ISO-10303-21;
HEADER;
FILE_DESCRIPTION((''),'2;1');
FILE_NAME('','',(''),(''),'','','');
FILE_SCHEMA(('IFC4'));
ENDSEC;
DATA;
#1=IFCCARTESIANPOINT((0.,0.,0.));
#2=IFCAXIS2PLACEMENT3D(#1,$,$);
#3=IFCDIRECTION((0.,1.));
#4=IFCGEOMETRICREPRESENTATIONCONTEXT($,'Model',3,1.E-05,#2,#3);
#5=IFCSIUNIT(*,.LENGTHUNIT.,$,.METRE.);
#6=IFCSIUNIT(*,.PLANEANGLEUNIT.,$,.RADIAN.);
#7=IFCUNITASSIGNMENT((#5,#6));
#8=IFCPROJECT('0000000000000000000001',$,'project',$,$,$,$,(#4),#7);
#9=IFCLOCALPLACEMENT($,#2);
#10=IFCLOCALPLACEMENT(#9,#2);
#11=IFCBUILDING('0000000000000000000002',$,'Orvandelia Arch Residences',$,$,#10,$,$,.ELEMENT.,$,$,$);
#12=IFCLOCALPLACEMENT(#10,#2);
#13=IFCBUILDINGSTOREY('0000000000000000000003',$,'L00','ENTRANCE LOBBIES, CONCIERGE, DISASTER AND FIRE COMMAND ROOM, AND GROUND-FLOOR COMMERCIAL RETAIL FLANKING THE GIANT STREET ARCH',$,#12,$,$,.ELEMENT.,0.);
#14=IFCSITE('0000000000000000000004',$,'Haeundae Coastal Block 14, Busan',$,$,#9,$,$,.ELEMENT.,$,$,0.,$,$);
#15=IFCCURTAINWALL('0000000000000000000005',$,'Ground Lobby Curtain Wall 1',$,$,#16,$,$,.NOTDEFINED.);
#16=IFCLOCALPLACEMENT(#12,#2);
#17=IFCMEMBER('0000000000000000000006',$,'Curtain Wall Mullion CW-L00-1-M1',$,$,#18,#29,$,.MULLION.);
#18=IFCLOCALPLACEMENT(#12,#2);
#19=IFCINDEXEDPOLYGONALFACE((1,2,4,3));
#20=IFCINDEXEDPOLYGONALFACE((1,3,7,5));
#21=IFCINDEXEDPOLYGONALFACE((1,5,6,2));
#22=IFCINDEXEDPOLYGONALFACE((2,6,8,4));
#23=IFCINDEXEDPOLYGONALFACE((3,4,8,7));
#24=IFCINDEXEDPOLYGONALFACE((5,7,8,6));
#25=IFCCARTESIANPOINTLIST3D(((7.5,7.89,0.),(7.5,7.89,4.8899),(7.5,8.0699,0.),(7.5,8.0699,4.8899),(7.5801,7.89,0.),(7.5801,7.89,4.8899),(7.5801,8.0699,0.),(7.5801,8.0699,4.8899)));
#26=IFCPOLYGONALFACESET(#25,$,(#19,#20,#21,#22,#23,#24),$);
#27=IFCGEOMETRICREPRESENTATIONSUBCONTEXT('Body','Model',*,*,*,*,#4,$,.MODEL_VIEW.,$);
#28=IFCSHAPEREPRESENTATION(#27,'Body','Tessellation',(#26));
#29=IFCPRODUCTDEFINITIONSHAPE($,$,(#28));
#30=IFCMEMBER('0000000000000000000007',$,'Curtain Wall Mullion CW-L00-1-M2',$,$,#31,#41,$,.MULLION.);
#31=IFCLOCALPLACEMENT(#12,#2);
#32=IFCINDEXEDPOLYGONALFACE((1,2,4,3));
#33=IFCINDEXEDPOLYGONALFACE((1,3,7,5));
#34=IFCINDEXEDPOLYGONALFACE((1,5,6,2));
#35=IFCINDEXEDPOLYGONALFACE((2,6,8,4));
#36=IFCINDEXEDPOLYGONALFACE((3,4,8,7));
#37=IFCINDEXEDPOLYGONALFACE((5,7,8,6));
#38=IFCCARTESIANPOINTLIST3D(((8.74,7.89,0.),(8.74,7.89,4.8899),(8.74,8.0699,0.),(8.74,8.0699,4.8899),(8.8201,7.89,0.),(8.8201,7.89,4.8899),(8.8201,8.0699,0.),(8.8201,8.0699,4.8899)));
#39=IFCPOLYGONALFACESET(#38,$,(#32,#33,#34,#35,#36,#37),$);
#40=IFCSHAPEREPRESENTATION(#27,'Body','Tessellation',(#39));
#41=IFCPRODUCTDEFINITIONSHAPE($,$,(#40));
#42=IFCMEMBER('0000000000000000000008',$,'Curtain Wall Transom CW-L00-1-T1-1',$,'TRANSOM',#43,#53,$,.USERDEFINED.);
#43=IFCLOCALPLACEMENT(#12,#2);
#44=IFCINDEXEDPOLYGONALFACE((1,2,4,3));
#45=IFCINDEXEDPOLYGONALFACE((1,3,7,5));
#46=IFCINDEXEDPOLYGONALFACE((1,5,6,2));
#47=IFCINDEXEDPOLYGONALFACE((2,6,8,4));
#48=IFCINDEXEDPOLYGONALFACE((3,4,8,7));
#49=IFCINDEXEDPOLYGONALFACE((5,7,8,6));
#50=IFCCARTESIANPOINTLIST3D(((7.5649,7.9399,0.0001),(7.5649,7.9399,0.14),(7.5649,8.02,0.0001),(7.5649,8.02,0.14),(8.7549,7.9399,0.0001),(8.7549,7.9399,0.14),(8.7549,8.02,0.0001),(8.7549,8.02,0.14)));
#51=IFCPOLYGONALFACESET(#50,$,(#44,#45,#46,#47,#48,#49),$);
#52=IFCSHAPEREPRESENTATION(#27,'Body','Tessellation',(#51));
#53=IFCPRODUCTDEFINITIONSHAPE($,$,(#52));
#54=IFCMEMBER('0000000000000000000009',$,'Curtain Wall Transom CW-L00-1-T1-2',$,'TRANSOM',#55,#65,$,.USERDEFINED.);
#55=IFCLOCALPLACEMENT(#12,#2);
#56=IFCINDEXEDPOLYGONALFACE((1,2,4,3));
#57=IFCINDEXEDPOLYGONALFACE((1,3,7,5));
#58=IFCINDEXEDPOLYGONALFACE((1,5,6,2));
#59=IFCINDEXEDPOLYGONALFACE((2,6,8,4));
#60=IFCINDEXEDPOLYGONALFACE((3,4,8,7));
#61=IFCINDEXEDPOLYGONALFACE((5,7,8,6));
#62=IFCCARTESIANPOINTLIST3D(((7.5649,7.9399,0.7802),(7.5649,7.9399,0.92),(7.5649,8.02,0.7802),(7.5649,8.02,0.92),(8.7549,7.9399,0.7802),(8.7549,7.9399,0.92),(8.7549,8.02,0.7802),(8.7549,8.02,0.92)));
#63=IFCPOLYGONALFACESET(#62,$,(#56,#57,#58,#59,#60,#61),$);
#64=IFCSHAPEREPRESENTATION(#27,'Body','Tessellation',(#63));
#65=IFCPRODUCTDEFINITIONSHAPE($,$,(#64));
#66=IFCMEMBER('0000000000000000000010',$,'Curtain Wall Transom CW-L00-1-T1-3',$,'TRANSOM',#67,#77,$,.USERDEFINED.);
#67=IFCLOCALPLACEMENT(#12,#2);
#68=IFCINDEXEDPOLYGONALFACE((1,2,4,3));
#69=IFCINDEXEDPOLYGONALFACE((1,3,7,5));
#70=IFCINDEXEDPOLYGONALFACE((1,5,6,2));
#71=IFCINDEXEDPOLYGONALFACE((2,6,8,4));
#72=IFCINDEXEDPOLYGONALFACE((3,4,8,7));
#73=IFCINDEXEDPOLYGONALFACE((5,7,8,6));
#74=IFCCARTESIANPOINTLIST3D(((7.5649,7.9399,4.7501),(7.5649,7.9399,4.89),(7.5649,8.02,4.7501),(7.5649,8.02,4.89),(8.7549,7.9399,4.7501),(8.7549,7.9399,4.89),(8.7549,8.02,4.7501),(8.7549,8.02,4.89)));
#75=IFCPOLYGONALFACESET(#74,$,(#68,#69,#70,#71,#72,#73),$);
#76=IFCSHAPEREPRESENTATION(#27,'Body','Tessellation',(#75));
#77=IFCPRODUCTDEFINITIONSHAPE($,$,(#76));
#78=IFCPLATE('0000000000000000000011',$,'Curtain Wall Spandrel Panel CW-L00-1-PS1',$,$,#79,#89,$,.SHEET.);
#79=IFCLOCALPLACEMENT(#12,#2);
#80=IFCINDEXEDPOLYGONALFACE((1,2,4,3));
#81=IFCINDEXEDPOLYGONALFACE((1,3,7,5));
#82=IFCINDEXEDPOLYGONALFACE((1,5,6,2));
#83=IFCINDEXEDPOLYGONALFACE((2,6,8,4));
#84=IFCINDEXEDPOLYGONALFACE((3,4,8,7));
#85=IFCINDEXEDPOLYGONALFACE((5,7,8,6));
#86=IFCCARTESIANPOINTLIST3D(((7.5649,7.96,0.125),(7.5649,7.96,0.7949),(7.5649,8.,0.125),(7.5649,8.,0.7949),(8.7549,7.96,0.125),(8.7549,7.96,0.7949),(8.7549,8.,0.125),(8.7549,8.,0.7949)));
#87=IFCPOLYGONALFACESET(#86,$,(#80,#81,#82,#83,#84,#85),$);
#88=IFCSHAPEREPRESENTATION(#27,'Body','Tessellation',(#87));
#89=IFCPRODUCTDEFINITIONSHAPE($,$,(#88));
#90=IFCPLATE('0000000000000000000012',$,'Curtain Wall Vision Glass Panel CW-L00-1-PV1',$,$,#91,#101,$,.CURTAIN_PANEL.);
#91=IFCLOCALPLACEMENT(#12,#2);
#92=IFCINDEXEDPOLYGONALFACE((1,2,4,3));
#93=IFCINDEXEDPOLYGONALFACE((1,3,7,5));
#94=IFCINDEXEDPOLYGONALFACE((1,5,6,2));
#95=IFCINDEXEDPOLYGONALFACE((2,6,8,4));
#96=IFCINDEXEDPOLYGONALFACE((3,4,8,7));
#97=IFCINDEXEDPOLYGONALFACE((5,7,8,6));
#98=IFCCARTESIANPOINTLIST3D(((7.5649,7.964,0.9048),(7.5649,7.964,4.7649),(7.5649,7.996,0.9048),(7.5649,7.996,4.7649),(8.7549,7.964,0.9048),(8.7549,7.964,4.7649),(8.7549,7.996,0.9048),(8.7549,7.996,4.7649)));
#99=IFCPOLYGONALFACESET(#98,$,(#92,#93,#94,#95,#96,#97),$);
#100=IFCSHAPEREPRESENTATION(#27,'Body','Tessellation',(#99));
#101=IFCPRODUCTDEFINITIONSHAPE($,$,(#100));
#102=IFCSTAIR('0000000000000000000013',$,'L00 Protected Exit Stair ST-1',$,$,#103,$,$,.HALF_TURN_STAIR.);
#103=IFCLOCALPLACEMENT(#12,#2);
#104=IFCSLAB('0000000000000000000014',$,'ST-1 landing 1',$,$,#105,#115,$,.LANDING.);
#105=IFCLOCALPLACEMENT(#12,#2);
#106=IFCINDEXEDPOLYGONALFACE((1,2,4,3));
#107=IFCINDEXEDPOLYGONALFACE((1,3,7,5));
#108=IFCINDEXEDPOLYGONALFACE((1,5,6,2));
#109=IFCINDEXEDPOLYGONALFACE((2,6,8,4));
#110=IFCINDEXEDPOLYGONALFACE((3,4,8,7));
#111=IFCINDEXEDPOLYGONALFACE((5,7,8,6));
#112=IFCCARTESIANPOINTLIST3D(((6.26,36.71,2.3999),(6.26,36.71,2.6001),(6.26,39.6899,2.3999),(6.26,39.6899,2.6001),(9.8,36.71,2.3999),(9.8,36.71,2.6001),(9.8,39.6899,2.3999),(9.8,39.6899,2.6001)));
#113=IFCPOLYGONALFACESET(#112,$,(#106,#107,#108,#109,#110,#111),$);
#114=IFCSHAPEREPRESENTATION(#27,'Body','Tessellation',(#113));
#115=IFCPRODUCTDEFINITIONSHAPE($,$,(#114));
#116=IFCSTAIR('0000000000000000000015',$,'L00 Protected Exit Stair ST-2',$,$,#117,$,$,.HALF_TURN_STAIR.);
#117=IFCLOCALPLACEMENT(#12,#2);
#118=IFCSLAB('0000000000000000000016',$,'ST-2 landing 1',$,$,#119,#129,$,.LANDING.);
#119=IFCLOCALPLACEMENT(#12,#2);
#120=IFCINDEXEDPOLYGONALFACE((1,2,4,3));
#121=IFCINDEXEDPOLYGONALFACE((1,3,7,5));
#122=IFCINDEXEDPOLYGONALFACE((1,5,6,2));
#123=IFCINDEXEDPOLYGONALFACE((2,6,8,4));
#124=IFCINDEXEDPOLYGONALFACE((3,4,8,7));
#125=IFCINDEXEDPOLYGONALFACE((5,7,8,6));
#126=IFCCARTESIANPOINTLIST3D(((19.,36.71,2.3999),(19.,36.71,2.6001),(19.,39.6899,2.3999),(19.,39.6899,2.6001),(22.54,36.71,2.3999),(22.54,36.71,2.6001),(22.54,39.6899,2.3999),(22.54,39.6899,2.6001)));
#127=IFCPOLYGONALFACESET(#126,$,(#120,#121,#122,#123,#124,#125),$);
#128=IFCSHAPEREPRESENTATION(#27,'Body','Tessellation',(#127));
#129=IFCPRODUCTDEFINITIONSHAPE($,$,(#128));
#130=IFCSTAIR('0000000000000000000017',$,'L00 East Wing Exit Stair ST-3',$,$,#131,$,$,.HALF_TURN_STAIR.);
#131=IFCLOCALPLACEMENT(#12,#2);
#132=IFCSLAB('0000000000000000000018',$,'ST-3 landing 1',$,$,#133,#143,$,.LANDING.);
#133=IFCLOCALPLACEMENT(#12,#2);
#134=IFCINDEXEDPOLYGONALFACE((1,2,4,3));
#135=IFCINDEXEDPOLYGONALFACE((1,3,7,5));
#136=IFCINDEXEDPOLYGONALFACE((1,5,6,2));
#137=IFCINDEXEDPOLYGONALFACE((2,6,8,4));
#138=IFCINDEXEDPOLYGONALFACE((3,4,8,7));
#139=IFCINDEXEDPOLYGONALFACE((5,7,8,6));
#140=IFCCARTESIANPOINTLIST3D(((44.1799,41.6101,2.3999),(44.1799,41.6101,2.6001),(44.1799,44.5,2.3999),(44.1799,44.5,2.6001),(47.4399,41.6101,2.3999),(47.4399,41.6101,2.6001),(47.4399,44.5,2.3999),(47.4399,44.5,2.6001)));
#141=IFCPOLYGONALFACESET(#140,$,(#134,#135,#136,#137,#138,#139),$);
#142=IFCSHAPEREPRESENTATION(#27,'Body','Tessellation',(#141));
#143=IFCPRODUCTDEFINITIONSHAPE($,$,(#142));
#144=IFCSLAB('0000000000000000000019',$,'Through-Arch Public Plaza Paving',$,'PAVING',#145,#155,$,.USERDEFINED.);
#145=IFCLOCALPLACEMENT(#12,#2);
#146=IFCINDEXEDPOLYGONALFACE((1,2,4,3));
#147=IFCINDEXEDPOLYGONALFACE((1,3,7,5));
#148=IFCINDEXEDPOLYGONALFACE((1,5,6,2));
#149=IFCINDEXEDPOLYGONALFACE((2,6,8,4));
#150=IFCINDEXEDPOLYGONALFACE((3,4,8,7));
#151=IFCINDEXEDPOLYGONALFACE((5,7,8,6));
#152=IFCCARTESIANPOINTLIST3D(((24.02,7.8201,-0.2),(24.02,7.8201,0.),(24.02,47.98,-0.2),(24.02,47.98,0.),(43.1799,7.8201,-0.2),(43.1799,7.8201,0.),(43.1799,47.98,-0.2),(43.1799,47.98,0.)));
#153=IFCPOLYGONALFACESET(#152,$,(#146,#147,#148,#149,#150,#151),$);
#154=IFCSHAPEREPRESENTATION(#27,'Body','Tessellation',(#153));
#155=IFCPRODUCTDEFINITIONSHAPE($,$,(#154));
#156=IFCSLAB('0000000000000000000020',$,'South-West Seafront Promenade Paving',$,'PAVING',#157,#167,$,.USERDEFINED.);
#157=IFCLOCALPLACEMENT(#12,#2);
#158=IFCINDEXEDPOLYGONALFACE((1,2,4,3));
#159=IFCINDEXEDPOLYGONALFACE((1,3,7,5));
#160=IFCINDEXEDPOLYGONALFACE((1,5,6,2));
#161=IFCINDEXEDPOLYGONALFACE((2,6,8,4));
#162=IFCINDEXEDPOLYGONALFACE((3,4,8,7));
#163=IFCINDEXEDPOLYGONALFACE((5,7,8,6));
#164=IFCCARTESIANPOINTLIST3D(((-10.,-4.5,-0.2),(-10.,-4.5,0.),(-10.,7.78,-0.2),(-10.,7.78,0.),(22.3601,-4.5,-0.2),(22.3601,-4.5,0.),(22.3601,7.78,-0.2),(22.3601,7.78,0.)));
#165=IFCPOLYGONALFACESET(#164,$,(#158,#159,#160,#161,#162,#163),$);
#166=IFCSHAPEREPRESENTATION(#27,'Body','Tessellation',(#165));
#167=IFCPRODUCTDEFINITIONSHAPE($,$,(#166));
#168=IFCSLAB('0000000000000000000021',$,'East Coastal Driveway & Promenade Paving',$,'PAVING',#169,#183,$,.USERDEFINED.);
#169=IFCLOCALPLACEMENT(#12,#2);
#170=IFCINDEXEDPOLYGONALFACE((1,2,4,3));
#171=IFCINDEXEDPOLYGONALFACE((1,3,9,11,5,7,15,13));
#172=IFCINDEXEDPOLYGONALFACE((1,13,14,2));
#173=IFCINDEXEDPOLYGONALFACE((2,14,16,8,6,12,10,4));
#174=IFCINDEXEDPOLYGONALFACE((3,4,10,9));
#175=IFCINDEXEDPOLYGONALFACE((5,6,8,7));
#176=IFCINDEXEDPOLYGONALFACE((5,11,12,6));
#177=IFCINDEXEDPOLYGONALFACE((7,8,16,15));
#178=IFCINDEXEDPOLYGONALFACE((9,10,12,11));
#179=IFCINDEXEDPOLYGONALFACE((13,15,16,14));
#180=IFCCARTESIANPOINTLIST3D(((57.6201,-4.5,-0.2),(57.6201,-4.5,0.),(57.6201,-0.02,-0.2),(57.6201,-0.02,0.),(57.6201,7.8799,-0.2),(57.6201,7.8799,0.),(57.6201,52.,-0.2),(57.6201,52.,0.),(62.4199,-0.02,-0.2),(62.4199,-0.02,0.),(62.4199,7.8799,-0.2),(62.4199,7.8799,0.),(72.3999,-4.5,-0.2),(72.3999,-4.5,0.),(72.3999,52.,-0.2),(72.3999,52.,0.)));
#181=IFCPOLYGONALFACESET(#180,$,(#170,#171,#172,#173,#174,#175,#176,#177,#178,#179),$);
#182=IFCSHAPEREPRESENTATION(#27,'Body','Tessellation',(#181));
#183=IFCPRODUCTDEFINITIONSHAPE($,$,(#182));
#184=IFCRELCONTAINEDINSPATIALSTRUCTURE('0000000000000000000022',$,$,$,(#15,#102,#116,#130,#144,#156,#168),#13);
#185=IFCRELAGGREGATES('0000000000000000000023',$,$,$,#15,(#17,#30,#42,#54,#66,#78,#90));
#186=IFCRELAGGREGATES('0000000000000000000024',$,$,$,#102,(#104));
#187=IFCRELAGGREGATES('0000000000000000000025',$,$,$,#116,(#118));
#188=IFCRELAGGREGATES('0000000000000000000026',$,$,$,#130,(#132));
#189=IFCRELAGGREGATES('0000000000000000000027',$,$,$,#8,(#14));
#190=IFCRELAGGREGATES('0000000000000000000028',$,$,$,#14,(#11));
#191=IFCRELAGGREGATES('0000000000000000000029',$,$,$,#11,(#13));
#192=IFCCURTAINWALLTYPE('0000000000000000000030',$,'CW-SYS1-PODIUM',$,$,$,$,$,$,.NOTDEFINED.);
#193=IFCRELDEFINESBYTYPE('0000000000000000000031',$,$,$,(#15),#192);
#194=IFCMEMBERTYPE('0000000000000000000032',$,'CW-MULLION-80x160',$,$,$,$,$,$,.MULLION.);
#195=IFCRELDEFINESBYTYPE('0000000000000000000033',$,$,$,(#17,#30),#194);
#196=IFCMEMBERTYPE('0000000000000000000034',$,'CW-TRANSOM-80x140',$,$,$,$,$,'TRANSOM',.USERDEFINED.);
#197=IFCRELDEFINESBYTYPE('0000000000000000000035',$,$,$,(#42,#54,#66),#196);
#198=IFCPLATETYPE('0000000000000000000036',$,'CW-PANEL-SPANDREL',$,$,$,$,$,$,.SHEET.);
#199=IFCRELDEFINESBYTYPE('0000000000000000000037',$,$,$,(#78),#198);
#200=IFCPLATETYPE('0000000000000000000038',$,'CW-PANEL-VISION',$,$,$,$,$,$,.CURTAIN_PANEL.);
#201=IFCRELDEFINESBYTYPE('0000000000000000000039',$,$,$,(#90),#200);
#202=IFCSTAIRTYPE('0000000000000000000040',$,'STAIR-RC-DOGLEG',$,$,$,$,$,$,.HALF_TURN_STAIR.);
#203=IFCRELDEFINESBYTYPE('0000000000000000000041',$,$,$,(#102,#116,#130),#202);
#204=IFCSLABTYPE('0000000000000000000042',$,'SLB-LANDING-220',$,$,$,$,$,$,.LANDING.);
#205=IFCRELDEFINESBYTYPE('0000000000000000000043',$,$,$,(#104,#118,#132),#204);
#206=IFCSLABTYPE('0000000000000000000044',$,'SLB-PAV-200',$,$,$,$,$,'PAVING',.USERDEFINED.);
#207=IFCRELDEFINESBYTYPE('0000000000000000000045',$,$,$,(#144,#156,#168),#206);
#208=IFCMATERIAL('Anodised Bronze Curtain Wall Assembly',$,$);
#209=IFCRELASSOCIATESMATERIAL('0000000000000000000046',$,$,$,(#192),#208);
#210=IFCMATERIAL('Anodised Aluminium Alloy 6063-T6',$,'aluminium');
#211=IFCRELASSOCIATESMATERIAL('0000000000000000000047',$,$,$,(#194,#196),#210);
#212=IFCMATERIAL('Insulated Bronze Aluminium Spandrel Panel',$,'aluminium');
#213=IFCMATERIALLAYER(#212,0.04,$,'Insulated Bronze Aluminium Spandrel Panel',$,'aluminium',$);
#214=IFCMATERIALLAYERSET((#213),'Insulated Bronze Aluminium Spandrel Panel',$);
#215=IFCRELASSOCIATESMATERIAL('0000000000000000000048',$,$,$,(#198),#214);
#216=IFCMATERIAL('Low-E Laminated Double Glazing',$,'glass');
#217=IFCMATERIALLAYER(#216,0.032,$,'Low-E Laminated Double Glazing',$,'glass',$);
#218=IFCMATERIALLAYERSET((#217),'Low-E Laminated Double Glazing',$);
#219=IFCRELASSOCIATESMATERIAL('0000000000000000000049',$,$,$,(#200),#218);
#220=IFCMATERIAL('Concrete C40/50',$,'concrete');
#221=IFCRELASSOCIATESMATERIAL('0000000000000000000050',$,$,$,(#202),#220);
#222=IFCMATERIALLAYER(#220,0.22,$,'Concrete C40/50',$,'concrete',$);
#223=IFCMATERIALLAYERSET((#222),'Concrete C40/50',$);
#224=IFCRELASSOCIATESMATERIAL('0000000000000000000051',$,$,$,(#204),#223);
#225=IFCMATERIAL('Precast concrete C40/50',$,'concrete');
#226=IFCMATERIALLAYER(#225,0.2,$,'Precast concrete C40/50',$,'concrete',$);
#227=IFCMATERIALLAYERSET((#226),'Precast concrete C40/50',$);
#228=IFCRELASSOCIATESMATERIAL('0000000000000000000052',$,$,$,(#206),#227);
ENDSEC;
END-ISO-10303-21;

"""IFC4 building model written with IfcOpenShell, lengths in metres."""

from ifc_helpers import new_model, si_unit, direction, frame, origin, origin_2d, place, context, subcontext, project, spatial, polyline, rectangle, outline, extrude, material, layer, layer_set, material_profile, profile_set, type_object, element, aggregate, save


model = new_model("IFC4")

# Units and contexts
model_context = context("Model", 3, precision=1e-05, world=origin(), true_north=direction((0.0, 1.0)))
body_context = subcontext(model_context, "Body", "Model", "MODEL_VIEW")
ifc_project = project(units=[si_unit("LENGTHUNIT", "METRE"), si_unit("PLANEANGLEUNIT", "RADIAN")], contexts=[model_context])

# Site, building, storey
site_placement = place(None, origin())
site = spatial("IfcSite", under=ifc_project, at=site_placement, Name="Haeundae Coastal Block 14, Busan", CompositionType="ELEMENT", RefElevation=0.0)
building_placement = place(site_placement, origin())
building = spatial("IfcBuilding", under=site, at=building_placement, Name="Orvandelia Arch Residences", CompositionType="ELEMENT")
storey_placement = place(building_placement, origin())
storey = spatial("IfcBuildingStorey", under=building, at=storey_placement, Name="L00", Description="ENTRANCE LOBBIES, CONCIERGE, DISASTER AND FIRE COMMAND ROOM, AND GROUND-FLOOR COMMERCIAL RETAIL FLANKING THE GIANT STREET ARCH", CompositionType="ELEMENT", Elevation=0.0)

# Curtain wall, members, plates
ifc_material_1 = material(Name="Anodised Bronze Curtain Wall Assembly")
curtain_wall_type = type_object("IfcCurtainWallType", Name="CW-SYS1-PODIUM", PredefinedType="NOTDEFINED", material=ifc_material_1)
curtain_wall_placement = place(storey_placement, origin())
curtain_wall = element("IfcCurtainWall", 1, at=curtain_wall_placement, inside=storey, type_object=curtain_wall_type, Name="Ground Lobby Curtain Wall 1", PredefinedType="NOTDEFINED")
ifc_material_2 = material(Name="Anodised Aluminium Alloy 6063-T6", Category="aluminium")
ifc_material_profile_1 = material_profile(ifc_material_2, rectangle(XDim=0.0801, YDim=0.1799, at=origin_2d()), Name="Anodised Aluminium Alloy 6063-T6", Category="aluminium")
ifc_profile_set_1 = profile_set([ifc_material_profile_1], Name="Anodised Aluminium Alloy 6063-T6")
member_type_1 = type_object("IfcMemberType", Name="CW-MULLION-80x160", PredefinedType="MULLION", material=ifc_profile_set_1)
member_1_placement = place(storey_placement, frame((7.54, 7.98, 0.0), z_axis=(0.0, 0.0, 1.0), x_axis=(1.0, 0.0, 0.0)))
member_1 = element("IfcMember", 2, at=member_1_placement, type_object=member_type_1, Name="Curtain Wall Mullion CW-L00-1-M1", PredefinedType="MULLION", context=body_context, shape_type="SweptSolid", body=[
    extrude(rectangle(XDim=0.0801, YDim=0.1799, at=origin_2d()), origin(), (0.0, 0.0, 1.0), 4.8899),
])
member_2_placement = place(storey_placement, frame((8.78, 7.98, 0.0), z_axis=(0.0, 0.0, 1.0), x_axis=(1.0, 0.0, 0.0)))
member_2 = element("IfcMember", 3, at=member_2_placement, type_object=member_type_1, Name="Curtain Wall Mullion CW-L00-1-M2", PredefinedType="MULLION", context=body_context, shape_type="SweptSolid", body=[
    extrude(rectangle(XDim=0.0801, YDim=0.1799, at=origin_2d()), origin(), (0.0, 0.0, 1.0), 4.8899),
])
ifc_material_profile_2 = material_profile(ifc_material_2, rectangle(XDim=0.0801, YDim=0.1399, at=origin_2d()), Name="Anodised Aluminium Alloy 6063-T6", Category="aluminium")
ifc_profile_set_2 = profile_set([ifc_material_profile_2], Name="Anodised Aluminium Alloy 6063-T6")
member_type_2 = type_object("IfcMemberType", Name="CW-TRANSOM-80x140", ElementType="TRANSOM", PredefinedType="USERDEFINED", material=ifc_profile_set_2)
member_3_placement = place(storey_placement, frame((7.5649, 7.98, 0.0701), z_axis=(1.0, 0.0, 0.0), x_axis=(0.0, 1.0, 0.0)))
member_3 = element("IfcMember", 4, at=member_3_placement, type_object=member_type_2, Name="Curtain Wall Transom CW-L00-1-T1-1", ObjectType="TRANSOM", PredefinedType="USERDEFINED", context=body_context, shape_type="SweptSolid", body=[
    extrude(rectangle(XDim=0.0801, YDim=0.1399, at=origin_2d()), origin(), (0.0, 0.0, 1.0), 1.1899),
])
member_4_placement = place(storey_placement, frame((7.5649, 7.98, 0.8501), z_axis=(1.0, 0.0, 0.0), x_axis=(0.0, 1.0, 0.0)))
member_4 = element("IfcMember", 5, at=member_4_placement, type_object=member_type_2, Name="Curtain Wall Transom CW-L00-1-T1-2", ObjectType="TRANSOM", PredefinedType="USERDEFINED", context=body_context, shape_type="SweptSolid", body=[
    extrude(rectangle(XDim=0.0801, YDim=0.1399, at=origin_2d()), origin(), (0.0, 0.0, 1.0), 1.1899),
])
member_5_placement = place(storey_placement, frame((7.5649, 7.98, 4.8201), z_axis=(1.0, 0.0, 0.0), x_axis=(0.0, 1.0, 0.0)))
member_5 = element("IfcMember", 6, at=member_5_placement, type_object=member_type_2, Name="Curtain Wall Transom CW-L00-1-T1-3", ObjectType="TRANSOM", PredefinedType="USERDEFINED", context=body_context, shape_type="SweptSolid", body=[
    extrude(rectangle(XDim=0.0801, YDim=0.1399, at=origin_2d()), origin(), (0.0, 0.0, 1.0), 1.1899),
])
ifc_material_3 = material(Name="Insulated Bronze Aluminium Spandrel Panel", Category="aluminium")
ifc_layer_1 = layer(ifc_material_3, 0.04, Name="Insulated Bronze Aluminium Spandrel Panel", Category="aluminium")
ifc_layer_set_1 = layer_set([ifc_layer_1], Name="Insulated Bronze Aluminium Spandrel Panel")
plate_type_1 = type_object("IfcPlateType", Name="CW-PANEL-SPANDREL", PredefinedType="SHEET", material=ifc_layer_set_1)
plate_1_placement = place(storey_placement, frame((8.1599, 7.98, 0.125), z_axis=(0.0, 0.0, 1.0), x_axis=(1.0, 0.0, 0.0)))
plate_1 = element("IfcPlate", 7, at=plate_1_placement, type_object=plate_type_1, Name="Curtain Wall Spandrel Panel CW-L00-1-PS1", PredefinedType="SHEET", context=body_context, shape_type="SweptSolid", body=[
    extrude(rectangle(XDim=1.1899, YDim=0.04, at=origin_2d()), origin(), (0.0, 0.0, 1.0), 0.6699),
])
ifc_material_4 = material(Name="Low-E Laminated Double Glazing", Category="glass")
ifc_layer_2 = layer(ifc_material_4, 0.032, Name="Low-E Laminated Double Glazing", Category="glass")
ifc_layer_set_2 = layer_set([ifc_layer_2], Name="Low-E Laminated Double Glazing")
plate_type_2 = type_object("IfcPlateType", Name="CW-PANEL-VISION", PredefinedType="CURTAIN_PANEL", material=ifc_layer_set_2)
plate_2_placement = place(storey_placement, frame((8.1599, 7.98, 0.9048), z_axis=(0.0, 0.0, 1.0), x_axis=(1.0, 0.0, 0.0)))
plate_2 = element("IfcPlate", 8, at=plate_2_placement, type_object=plate_type_2, Name="Curtain Wall Vision Glass Panel CW-L00-1-PV1", PredefinedType="CURTAIN_PANEL", context=body_context, shape_type="SweptSolid", body=[
    extrude(rectangle(XDim=1.1899, YDim=0.032, at=origin_2d()), origin(), (0.0, 0.0, 1.0), 3.8601),
])
aggregate(curtain_wall, [member_1, member_2, member_3, member_4, member_5, plate_1, plate_2])

# Stairs, slabs
ifc_material_5 = material(Name="Concrete C40/50", Category="concrete")
stair_type = type_object("IfcStairType", Name="STAIR-RC-DOGLEG", PredefinedType="HALF_TURN_STAIR", material=ifc_material_5)
stair_1_placement = place(storey_placement, origin())
stair_1 = element("IfcStair", 9, at=stair_1_placement, inside=storey, type_object=stair_type, Name="L00 Protected Exit Stair ST-1", PredefinedType="HALF_TURN_STAIR")
ifc_layer_3 = layer(ifc_material_5, 0.22, Name="Concrete C40/50", Category="concrete")
ifc_layer_set_3 = layer_set([ifc_layer_3], Name="Concrete C40/50")
slab_type_1 = type_object("IfcSlabType", Name="SLB-LANDING-220", PredefinedType="LANDING", material=ifc_layer_set_3)
slab_1_placement = place(storey_placement, frame((0.0, 0.0, 2.3999)))
slab_1 = element("IfcSlab", 10, at=slab_1_placement, type_object=slab_type_1, Name="ST-1 landing 1", PredefinedType="LANDING", context=body_context, shape_type="SweptSolid", body=[
    extrude(outline(polyline([(9.8, 36.71), (9.8, 39.6899), (6.26, 39.6899), (6.26, 36.71), (9.8, 36.71)])), origin(), (0.0, 0.0, 1.0), 0.2002),
])
aggregate(stair_1, [slab_1])
stair_2_placement = place(storey_placement, origin())
stair_2 = element("IfcStair", 11, at=stair_2_placement, inside=storey, type_object=stair_type, Name="L00 Protected Exit Stair ST-2", PredefinedType="HALF_TURN_STAIR")
slab_2_placement = place(storey_placement, frame((0.0, 0.0, 2.3999)))
slab_2 = element("IfcSlab", 12, at=slab_2_placement, type_object=slab_type_1, Name="ST-2 landing 1", PredefinedType="LANDING", context=body_context, shape_type="SweptSolid", body=[
    extrude(outline(polyline([(22.54, 36.71), (22.54, 39.6899), (19.0, 39.6899), (19.0, 36.71), (22.54, 36.71)])), origin(), (0.0, 0.0, 1.0), 0.2002),
])
aggregate(stair_2, [slab_2])
stair_3_placement = place(storey_placement, origin())
stair_3 = element("IfcStair", 13, at=stair_3_placement, inside=storey, type_object=stair_type, Name="L00 East Wing Exit Stair ST-3", PredefinedType="HALF_TURN_STAIR")
slab_3_placement = place(storey_placement, frame((0.0, 0.0, 2.3999)))
slab_3 = element("IfcSlab", 14, at=slab_3_placement, type_object=slab_type_1, Name="ST-3 landing 1", PredefinedType="LANDING", context=body_context, shape_type="SweptSolid", body=[
    extrude(outline(polyline([(47.4399, 41.6101), (47.4399, 44.5), (44.1799, 44.5), (44.1799, 41.6101), (47.4399, 41.6101)])), origin(), (0.0, 0.0, 1.0), 0.2002),
])
aggregate(stair_3, [slab_3])

# Slabs
ifc_material_6 = material(Name="Precast concrete C40/50", Category="concrete")
ifc_layer_4 = layer(ifc_material_6, 0.2, Name="Precast concrete C40/50", Category="concrete")
ifc_layer_set_4 = layer_set([ifc_layer_4], Name="Precast concrete C40/50")
slab_type_2 = type_object("IfcSlabType", Name="SLB-PAV-200", ElementType="PAVING", PredefinedType="USERDEFINED", material=ifc_layer_set_4)
slab_4_placement = place(storey_placement, frame((0.0, 0.0, -0.2)))
element("IfcSlab", 15, at=slab_4_placement, inside=storey, type_object=slab_type_2, Name="Through-Arch Public Plaza Paving", ObjectType="PAVING", PredefinedType="USERDEFINED", context=body_context, shape_type="SweptSolid", body=[
    extrude(outline(polyline([(24.02, 7.8201), (43.1799, 7.8201), (43.1799, 47.98), (24.02, 47.98), (24.02, 7.8201)])), origin(), (0.0, 0.0, 1.0), 0.2),
])
slab_5_placement = place(storey_placement, frame((0.0, 0.0, -0.2)))
element("IfcSlab", 16, at=slab_5_placement, inside=storey, type_object=slab_type_2, Name="South-West Seafront Promenade Paving", ObjectType="PAVING", PredefinedType="USERDEFINED", context=body_context, shape_type="SweptSolid", body=[
    extrude(outline(polyline([(-10.0, -4.5), (22.3601, -4.5), (22.3601, 7.78), (-10.0, 7.78), (-10.0, -4.5)])), origin(), (0.0, 0.0, 1.0), 0.2),
])
slab_6_placement = place(storey_placement, frame((0.0, 0.0, -0.2)))
element("IfcSlab", 17, at=slab_6_placement, inside=storey, type_object=slab_type_2, Name="East Coastal Driveway & Promenade Paving", ObjectType="PAVING", PredefinedType="USERDEFINED", context=body_context, shape_type="SweptSolid", body=[
    extrude(outline(polyline([(57.6201, -4.5), (72.3999, -4.5), (72.3999, 52.0), (57.6201, 52.0), (57.6201, 7.8799), (62.4199, 7.8799), (62.4199, -0.02), (57.6201, -0.02), (57.6201, -4.5)])), origin(), (0.0, 0.0, 1.0), 0.2),
])

save(model, "model.ifc")
